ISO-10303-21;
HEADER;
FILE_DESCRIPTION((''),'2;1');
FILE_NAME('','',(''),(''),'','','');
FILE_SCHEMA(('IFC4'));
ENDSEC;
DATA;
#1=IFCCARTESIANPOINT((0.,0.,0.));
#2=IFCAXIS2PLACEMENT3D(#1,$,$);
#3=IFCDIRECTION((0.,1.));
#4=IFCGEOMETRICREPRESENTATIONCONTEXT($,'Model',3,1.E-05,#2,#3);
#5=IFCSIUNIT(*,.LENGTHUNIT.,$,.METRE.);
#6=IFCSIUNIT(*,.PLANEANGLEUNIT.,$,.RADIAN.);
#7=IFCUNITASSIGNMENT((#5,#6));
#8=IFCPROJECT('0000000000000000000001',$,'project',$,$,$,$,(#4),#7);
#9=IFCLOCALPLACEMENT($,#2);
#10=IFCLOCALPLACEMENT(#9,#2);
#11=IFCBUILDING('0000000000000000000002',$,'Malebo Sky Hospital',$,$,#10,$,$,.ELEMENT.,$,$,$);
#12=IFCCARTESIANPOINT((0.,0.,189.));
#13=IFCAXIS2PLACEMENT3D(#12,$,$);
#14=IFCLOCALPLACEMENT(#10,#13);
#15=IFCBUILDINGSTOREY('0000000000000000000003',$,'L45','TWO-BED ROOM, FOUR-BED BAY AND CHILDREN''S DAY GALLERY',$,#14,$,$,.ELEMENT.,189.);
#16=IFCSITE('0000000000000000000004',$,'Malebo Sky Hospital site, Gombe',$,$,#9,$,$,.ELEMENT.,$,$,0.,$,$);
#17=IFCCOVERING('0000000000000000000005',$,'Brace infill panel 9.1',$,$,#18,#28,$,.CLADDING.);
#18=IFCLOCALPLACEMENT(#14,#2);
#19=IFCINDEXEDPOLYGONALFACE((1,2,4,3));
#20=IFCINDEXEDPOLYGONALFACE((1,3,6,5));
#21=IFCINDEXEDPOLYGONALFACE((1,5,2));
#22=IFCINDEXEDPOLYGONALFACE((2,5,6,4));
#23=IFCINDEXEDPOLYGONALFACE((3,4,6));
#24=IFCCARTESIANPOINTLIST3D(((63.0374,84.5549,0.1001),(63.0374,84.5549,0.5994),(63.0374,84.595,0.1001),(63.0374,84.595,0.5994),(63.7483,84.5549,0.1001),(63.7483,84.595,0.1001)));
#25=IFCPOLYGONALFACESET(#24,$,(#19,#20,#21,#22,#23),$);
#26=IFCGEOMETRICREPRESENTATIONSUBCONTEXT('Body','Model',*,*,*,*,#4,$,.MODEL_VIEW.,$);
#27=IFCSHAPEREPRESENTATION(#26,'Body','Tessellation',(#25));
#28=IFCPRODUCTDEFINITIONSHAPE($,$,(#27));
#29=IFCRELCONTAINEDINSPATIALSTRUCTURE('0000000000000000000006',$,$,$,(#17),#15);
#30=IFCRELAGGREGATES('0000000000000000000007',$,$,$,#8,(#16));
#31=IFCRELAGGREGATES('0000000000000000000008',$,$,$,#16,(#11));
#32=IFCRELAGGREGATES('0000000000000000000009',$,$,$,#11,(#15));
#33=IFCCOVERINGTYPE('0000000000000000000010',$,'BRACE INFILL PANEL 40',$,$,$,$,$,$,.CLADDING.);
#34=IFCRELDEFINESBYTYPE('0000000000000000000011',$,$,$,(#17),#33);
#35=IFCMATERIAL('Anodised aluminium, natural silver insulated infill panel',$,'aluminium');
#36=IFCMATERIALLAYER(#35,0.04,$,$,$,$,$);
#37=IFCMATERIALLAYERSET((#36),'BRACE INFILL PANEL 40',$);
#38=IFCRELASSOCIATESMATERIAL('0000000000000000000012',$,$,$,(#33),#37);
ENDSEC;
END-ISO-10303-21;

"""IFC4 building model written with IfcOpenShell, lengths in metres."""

from ifc_helpers import new_model, si_unit, direction, frame, origin, place, context, subcontext, project, spatial, polyline, outline, extrude, material, layer, layer_set, type_object, element, save


model = new_model("IFC4")

# Units and contexts
model_context = context("Model", 3, precision=1e-05, world=origin(), true_north=direction((0.0, 1.0)))
body_context = subcontext(model_context, "Body", "Model", "MODEL_VIEW")
ifc_project = project(units=[si_unit("LENGTHUNIT", "METRE"), si_unit("PLANEANGLEUNIT", "RADIAN")], contexts=[model_context])

# Site, building, storey
site_placement = place(None, origin())
site = spatial("IfcSite", under=ifc_project, at=site_placement, Name="Malebo Sky Hospital site, Gombe", CompositionType="ELEMENT", RefElevation=0.0)
building_placement = place(site_placement, origin())
building = spatial("IfcBuilding", under=site, at=building_placement, Name="Malebo Sky Hospital", CompositionType="ELEMENT")
storey_placement = place(building_placement, frame((0.0, 0.0, 189.0)))
storey = spatial("IfcBuildingStorey", under=building, at=storey_placement, Name="L45", Description="TWO-BED ROOM, FOUR-BED BAY AND CHILDREN'S DAY GALLERY", CompositionType="ELEMENT", Elevation=189.0)

# Covering
ifc_material_1 = material(Name="Anodised aluminium, natural silver insulated infill panel", Category="aluminium")
ifc_layer_1 = layer(ifc_material_1, 0.04)
ifc_layer_set_1 = layer_set([ifc_layer_1], Name="BRACE INFILL PANEL 40")
covering_type = type_object("IfcCoveringType", Name="BRACE INFILL PANEL 40", PredefinedType="CLADDING", material=ifc_layer_set_1)
covering_1_placement = place(storey_placement, frame((63.3928, 84.575, 0.1001), z_axis=(0.0, 0.0, 1.0), x_axis=(1.0, 0.0, 0.0)))
element("IfcCovering", 1, at=covering_1_placement, inside=storey, type_object=covering_type, Name="Brace infill panel 9.1", PredefinedType="CLADDING", context=body_context, shape_type="SweptSolid", body=[
    extrude(outline(polyline([(-0.3555, 0.0), (0.3555, 0.0), (-0.3555, 0.4993), (-0.3555, 0.0)])), frame((0.0, 0.02, 0.0), z_axis=(0.0, -1.0, 0.0), x_axis=(1.0, 0.0, 0.0)), (0.0, 0.0, 1.0), 0.04),
])

save(model, "model.ifc")
